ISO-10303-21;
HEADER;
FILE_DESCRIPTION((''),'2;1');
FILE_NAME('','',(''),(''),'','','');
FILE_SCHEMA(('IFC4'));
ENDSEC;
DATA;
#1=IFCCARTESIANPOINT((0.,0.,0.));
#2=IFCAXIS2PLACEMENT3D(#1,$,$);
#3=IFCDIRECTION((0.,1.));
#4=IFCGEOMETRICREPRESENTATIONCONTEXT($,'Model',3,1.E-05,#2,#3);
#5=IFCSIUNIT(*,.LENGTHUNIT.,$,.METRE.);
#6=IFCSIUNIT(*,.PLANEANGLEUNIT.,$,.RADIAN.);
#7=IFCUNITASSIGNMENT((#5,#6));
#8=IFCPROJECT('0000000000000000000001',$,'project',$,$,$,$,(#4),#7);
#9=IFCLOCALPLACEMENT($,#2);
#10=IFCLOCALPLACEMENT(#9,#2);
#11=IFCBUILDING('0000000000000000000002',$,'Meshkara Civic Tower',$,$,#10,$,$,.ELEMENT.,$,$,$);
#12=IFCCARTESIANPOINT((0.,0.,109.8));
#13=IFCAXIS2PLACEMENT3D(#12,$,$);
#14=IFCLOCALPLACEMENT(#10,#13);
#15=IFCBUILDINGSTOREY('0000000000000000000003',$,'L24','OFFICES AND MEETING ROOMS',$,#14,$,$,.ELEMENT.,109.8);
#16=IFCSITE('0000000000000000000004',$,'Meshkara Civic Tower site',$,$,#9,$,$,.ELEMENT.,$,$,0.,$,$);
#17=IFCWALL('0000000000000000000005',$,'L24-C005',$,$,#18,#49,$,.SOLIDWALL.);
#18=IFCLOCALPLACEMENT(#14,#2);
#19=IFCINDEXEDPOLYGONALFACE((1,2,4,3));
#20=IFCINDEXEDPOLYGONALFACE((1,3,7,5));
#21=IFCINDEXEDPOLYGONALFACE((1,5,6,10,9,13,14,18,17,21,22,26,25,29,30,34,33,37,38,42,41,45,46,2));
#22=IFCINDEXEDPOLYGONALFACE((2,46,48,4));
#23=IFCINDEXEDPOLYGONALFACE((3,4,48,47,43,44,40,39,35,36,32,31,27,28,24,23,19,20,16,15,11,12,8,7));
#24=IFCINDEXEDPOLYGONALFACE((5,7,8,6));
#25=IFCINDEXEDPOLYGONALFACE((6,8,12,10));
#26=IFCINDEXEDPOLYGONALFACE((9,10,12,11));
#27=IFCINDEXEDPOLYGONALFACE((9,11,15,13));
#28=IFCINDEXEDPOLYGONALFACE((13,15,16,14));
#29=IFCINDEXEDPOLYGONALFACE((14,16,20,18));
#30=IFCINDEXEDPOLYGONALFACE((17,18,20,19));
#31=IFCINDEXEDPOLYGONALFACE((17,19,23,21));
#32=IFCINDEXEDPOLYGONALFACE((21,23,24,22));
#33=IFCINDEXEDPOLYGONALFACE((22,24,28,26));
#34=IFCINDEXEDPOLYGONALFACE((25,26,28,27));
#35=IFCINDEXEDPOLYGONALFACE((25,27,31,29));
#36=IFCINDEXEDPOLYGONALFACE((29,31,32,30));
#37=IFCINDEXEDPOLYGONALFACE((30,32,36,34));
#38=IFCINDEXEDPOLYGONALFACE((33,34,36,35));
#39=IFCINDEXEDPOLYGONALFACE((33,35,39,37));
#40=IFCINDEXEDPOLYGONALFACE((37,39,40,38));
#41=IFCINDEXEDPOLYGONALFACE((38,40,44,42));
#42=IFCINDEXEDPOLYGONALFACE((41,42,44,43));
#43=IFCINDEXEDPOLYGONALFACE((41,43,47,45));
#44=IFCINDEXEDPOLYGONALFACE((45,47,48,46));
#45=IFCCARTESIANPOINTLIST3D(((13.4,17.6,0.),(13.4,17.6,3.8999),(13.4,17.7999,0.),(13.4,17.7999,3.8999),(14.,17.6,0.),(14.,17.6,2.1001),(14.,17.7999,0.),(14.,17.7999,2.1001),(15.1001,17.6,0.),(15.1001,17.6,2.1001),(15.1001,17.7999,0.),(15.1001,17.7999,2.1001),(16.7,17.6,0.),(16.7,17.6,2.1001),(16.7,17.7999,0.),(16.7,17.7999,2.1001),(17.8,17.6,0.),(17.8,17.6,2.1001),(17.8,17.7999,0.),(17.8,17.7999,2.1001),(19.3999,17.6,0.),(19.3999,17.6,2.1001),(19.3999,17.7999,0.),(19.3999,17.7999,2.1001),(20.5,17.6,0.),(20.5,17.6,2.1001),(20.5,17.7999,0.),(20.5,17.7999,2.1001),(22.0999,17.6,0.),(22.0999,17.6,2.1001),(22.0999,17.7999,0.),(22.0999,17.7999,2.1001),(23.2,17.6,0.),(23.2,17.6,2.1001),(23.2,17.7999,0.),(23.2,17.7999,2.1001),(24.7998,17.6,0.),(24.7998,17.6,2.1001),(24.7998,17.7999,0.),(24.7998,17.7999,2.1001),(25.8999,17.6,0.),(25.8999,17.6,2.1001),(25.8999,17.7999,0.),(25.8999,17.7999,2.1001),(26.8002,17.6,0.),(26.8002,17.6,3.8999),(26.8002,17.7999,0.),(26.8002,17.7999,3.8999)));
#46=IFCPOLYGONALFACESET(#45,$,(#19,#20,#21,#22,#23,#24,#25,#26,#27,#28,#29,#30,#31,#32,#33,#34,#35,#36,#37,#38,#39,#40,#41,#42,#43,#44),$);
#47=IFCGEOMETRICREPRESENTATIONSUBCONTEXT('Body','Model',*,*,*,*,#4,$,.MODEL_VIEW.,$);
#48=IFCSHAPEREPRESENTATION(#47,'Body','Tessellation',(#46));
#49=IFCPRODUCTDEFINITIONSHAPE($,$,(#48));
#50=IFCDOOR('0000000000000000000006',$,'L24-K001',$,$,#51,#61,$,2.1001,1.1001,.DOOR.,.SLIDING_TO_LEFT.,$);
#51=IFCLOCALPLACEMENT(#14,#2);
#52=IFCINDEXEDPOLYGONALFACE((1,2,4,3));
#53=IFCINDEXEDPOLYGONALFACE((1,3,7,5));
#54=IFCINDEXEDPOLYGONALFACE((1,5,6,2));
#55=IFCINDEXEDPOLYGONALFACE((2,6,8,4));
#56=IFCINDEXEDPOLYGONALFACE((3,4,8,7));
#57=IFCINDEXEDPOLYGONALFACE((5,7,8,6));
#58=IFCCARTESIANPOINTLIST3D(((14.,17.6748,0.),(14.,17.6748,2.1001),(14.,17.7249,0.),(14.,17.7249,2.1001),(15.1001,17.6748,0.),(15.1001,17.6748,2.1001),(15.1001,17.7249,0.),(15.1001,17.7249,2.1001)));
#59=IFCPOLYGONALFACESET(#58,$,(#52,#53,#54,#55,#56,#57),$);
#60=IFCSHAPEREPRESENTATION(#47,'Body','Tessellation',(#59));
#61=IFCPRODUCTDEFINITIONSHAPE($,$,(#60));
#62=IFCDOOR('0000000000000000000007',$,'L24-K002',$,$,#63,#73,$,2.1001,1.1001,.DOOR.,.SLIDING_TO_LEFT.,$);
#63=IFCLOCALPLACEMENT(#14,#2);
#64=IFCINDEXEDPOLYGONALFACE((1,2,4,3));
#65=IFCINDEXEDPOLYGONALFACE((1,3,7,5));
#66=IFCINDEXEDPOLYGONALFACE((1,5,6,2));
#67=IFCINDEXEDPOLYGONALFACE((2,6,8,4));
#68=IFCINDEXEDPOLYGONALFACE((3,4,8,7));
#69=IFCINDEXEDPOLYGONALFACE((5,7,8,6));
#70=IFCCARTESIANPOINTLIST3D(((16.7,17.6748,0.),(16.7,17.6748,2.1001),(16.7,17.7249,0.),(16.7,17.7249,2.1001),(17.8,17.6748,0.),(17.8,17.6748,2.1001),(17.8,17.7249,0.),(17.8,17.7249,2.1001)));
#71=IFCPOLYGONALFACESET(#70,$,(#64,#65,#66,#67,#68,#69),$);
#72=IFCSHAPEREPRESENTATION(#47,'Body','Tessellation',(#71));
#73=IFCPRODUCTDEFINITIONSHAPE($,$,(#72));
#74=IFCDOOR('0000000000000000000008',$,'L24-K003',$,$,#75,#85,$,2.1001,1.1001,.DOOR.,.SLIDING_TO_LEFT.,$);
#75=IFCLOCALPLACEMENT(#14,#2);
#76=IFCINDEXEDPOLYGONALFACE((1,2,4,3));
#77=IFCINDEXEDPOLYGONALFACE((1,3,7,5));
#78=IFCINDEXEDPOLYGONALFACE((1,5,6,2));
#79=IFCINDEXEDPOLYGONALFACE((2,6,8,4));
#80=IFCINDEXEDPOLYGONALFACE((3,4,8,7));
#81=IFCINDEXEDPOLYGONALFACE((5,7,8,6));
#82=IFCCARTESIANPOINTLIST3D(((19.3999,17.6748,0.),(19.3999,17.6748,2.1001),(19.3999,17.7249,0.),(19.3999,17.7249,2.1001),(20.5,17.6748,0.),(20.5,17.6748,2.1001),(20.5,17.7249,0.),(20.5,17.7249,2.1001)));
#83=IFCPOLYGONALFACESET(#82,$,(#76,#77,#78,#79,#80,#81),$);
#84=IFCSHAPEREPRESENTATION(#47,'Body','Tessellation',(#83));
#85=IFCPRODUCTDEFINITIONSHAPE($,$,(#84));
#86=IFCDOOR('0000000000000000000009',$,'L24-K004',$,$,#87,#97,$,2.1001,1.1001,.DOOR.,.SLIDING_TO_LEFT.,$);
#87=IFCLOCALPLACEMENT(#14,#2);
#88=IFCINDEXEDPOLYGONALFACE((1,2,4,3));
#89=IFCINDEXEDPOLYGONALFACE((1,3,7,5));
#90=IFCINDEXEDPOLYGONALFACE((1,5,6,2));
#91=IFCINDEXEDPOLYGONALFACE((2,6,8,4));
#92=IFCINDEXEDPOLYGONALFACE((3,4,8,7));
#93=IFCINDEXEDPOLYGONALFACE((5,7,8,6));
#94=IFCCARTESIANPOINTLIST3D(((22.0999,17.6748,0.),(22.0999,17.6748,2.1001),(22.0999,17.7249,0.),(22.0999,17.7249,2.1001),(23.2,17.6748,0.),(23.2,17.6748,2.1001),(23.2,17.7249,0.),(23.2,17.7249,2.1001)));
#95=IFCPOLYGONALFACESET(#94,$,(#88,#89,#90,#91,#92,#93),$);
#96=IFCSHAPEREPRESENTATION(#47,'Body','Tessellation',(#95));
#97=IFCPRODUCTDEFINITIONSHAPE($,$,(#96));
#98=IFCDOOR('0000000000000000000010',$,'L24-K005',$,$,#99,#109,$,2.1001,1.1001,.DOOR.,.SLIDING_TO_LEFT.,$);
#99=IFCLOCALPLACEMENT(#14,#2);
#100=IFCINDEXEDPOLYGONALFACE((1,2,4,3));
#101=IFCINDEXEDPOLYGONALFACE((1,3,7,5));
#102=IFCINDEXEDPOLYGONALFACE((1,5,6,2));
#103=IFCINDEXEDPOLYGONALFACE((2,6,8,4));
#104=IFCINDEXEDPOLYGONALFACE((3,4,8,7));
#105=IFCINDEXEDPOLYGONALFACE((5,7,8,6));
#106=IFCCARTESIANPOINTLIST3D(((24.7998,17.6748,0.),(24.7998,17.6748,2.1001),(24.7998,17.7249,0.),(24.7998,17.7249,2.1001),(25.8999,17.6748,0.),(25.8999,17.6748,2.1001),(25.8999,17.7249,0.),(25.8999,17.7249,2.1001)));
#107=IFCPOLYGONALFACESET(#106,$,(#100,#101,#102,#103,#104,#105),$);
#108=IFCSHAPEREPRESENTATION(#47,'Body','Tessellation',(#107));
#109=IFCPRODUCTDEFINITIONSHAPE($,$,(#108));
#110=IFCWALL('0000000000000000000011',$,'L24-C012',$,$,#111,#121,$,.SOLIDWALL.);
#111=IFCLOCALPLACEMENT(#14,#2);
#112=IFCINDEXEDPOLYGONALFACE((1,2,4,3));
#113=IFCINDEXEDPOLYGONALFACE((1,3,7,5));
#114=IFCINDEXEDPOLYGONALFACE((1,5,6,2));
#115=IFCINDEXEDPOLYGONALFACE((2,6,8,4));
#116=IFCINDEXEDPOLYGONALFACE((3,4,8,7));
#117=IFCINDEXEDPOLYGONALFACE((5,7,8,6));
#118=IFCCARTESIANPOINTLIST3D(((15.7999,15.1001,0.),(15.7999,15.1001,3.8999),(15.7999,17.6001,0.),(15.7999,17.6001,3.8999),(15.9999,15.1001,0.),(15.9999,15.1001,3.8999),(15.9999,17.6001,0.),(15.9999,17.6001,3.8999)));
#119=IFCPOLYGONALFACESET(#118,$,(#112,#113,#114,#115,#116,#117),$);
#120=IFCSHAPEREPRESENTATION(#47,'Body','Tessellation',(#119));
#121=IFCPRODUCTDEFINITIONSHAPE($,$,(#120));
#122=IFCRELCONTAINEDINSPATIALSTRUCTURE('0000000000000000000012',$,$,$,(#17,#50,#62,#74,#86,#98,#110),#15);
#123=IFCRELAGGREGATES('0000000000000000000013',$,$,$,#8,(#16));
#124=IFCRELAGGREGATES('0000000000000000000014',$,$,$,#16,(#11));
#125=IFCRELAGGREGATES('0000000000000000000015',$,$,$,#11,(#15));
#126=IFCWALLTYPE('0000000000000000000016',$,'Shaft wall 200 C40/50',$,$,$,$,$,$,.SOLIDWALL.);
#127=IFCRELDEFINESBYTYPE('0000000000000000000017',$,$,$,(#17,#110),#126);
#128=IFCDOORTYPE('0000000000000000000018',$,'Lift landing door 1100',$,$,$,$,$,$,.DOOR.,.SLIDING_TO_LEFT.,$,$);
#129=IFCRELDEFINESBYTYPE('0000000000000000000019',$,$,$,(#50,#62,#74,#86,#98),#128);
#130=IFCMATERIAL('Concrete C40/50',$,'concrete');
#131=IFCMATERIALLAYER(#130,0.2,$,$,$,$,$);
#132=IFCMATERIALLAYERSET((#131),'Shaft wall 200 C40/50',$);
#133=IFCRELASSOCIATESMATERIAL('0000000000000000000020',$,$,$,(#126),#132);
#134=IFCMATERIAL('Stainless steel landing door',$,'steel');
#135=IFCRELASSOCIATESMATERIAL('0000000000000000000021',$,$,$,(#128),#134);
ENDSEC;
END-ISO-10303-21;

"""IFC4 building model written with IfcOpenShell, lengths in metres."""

from ifc_helpers import new_model, si_unit, direction, frame, frame_2d, origin, place, context, subcontext, project, spatial, rectangle, extrude, material, layer, layer_set, type_object, element, fill, save


model = new_model("IFC4")

# Units and contexts
model_context = context("Model", 3, precision=1e-05, world=origin(), true_north=direction((0.0, 1.0)))
body_context = subcontext(model_context, "Body", "Model", "MODEL_VIEW")
ifc_project = project(units=[si_unit("LENGTHUNIT", "METRE"), si_unit("PLANEANGLEUNIT", "RADIAN")], contexts=[model_context])

# Site, building, storey
site_placement = place(None, origin())
site = spatial("IfcSite", under=ifc_project, at=site_placement, Name="Meshkara Civic Tower site", CompositionType="ELEMENT", RefElevation=0.0)
building_placement = place(site_placement, origin())
building = spatial("IfcBuilding", under=site, at=building_placement, Name="Meshkara Civic Tower", CompositionType="ELEMENT")
storey_placement = place(building_placement, frame((0.0, 0.0, 109.8)))
storey = spatial("IfcBuildingStorey", under=building, at=storey_placement, Name="L24", Description="OFFICES AND MEETING ROOMS", CompositionType="ELEMENT", Elevation=109.8)

# Wall, openings, doors
ifc_material_1 = material(Name="Concrete C40/50", Category="concrete")
ifc_layer_1 = layer(ifc_material_1, 0.2)
ifc_layer_set_1 = layer_set([ifc_layer_1], Name="Shaft wall 200 C40/50")
wall_type_1 = type_object("IfcWallType", Name="Shaft wall 200 C40/50", PredefinedType="SOLIDWALL", material=ifc_layer_set_1)
wall_1_placement = place(storey_placement, frame((13.3999, 17.7, 0.0), z_axis=(0.0, 0.0, 1.0), x_axis=(1.0, 0.0, 0.0)))
wall_1 = element("IfcWall", 1, at=wall_1_placement, inside=storey, type_object=wall_type_1, Name="L24-C005", PredefinedType="SOLIDWALL", context=body_context, shape_type="SweptSolid", body=[
    extrude(rectangle(XDim=13.4001, YDim=0.2, at=frame_2d((6.7002, 0.0))), origin(), (0.0, 0.0, 1.0), 3.8999),
])
opening_1_placement = place(wall_1_placement, frame((0.6001, 0.0, 0.0)))
opening_1 = element("IfcOpeningElement", 2, at=opening_1_placement, cuts=wall_1, PredefinedType="OPENING", context=body_context, shape_type="SweptSolid", body=[
    extrude(rectangle(XDim=1.1001, YDim=2.1001, at=frame_2d((0.55, 1.05))), frame((0.0, 0.1099, 0.0), z_axis=(0.0, -1.0, 0.0), x_axis=(1.0, 0.0, 0.0)), (0.0, 0.0, 1.0), 0.22),
])
opening_2_placement = place(wall_1_placement, frame((3.3, 0.0, 0.0)))
opening_2 = element("IfcOpeningElement", 3, at=opening_2_placement, cuts=wall_1, PredefinedType="OPENING", context=body_context, shape_type="SweptSolid", body=[
    extrude(rectangle(XDim=1.1001, YDim=2.1001, at=frame_2d((0.55, 1.05))), frame((0.0, 0.1099, 0.0), z_axis=(0.0, -1.0, 0.0), x_axis=(1.0, 0.0, 0.0)), (0.0, 0.0, 1.0), 0.22),
])
opening_3_placement = place(wall_1_placement, frame((6.0, 0.0, 0.0)))
opening_3 = element("IfcOpeningElement", 4, at=opening_3_placement, cuts=wall_1, PredefinedType="OPENING", context=body_context, shape_type="SweptSolid", body=[
    extrude(rectangle(XDim=1.1001, YDim=2.1001, at=frame_2d((0.55, 1.05))), frame((0.0, 0.1099, 0.0), z_axis=(0.0, -1.0, 0.0), x_axis=(1.0, 0.0, 0.0)), (0.0, 0.0, 1.0), 0.22),
])
opening_4_placement = place(wall_1_placement, frame((8.7, 0.0, 0.0)))
opening_4 = element("IfcOpeningElement", 5, at=opening_4_placement, cuts=wall_1, PredefinedType="OPENING", context=body_context, shape_type="SweptSolid", body=[
    extrude(rectangle(XDim=1.1001, YDim=2.1001, at=frame_2d((0.55, 1.05))), frame((0.0, 0.1099, 0.0), z_axis=(0.0, -1.0, 0.0), x_axis=(1.0, 0.0, 0.0)), (0.0, 0.0, 1.0), 0.22),
])
opening_5_placement = place(wall_1_placement, frame((11.3999, 0.0, 0.0)))
opening_5 = element("IfcOpeningElement", 6, at=opening_5_placement, cuts=wall_1, PredefinedType="OPENING", context=body_context, shape_type="SweptSolid", body=[
    extrude(rectangle(XDim=1.1001, YDim=2.1001, at=frame_2d((0.55, 1.05))), frame((0.0, 0.1099, 0.0), z_axis=(0.0, -1.0, 0.0), x_axis=(1.0, 0.0, 0.0)), (0.0, 0.0, 1.0), 0.22),
])
ifc_material_2 = material(Name="Stainless steel landing door", Category="steel")
door_type_1 = type_object("IfcDoorType", Name="Lift landing door 1100", OperationType="SLIDING_TO_LEFT", PredefinedType="DOOR", material=ifc_material_2)
door_1_placement = place(opening_1_placement, origin())
door_1 = element("IfcDoor", 7, at=door_1_placement, inside=storey, type_object=door_type_1, Name="L24-K001", OperationType="SLIDING_TO_LEFT", OverallHeight=2.1001, OverallWidth=1.1001, PredefinedType="DOOR", context=body_context, shape_type="SweptSolid", body=[
    extrude(rectangle(XDim=1.1001, YDim=2.1001, at=frame_2d((0.55, 1.05))), frame((0.0, 0.0249, 0.0), z_axis=(0.0, -1.0, 0.0), x_axis=(1.0, 0.0, 0.0)), (0.0, 0.0, 1.0), 0.05),
])
fill(opening_1, door_1)
door_2_placement = place(opening_2_placement, origin())
door_2 = element("IfcDoor", 8, at=door_2_placement, inside=storey, type_object=door_type_1, Name="L24-K002", OperationType="SLIDING_TO_LEFT", OverallHeight=2.1001, OverallWidth=1.1001, PredefinedType="DOOR", context=body_context, shape_type="SweptSolid", body=[
    extrude(rectangle(XDim=1.1001, YDim=2.1001, at=frame_2d((0.55, 1.05))), frame((0.0, 0.0249, 0.0), z_axis=(0.0, -1.0, 0.0), x_axis=(1.0, 0.0, 0.0)), (0.0, 0.0, 1.0), 0.05),
])
fill(opening_2, door_2)
door_3_placement = place(opening_3_placement, origin())
door_3 = element("IfcDoor", 9, at=door_3_placement, inside=storey, type_object=door_type_1, Name="L24-K003", OperationType="SLIDING_TO_LEFT", OverallHeight=2.1001, OverallWidth=1.1001, PredefinedType="DOOR", context=body_context, shape_type="SweptSolid", body=[
    extrude(rectangle(XDim=1.1001, YDim=2.1001, at=frame_2d((0.55, 1.05))), frame((0.0, 0.0249, 0.0), z_axis=(0.0, -1.0, 0.0), x_axis=(1.0, 0.0, 0.0)), (0.0, 0.0, 1.0), 0.05),
])
fill(opening_3, door_3)
door_4_placement = place(opening_4_placement, origin())
door_4 = element("IfcDoor", 10, at=door_4_placement, inside=storey, type_object=door_type_1, Name="L24-K004", OperationType="SLIDING_TO_LEFT", OverallHeight=2.1001, OverallWidth=1.1001, PredefinedType="DOOR", context=body_context, shape_type="SweptSolid", body=[
    extrude(rectangle(XDim=1.1001, YDim=2.1001, at=frame_2d((0.55, 1.05))), frame((0.0, 0.0249, 0.0), z_axis=(0.0, -1.0, 0.0), x_axis=(1.0, 0.0, 0.0)), (0.0, 0.0, 1.0), 0.05),
])
fill(opening_4, door_4)
door_5_placement = place(opening_5_placement, origin())
door_5 = element("IfcDoor", 11, at=door_5_placement, inside=storey, type_object=door_type_1, Name="L24-K005", OperationType="SLIDING_TO_LEFT", OverallHeight=2.1001, OverallWidth=1.1001, PredefinedType="DOOR", context=body_context, shape_type="SweptSolid", body=[
    extrude(rectangle(XDim=1.1001, YDim=2.1001, at=frame_2d((0.55, 1.05))), frame((0.0, 0.0249, 0.0), z_axis=(0.0, -1.0, 0.0), x_axis=(1.0, 0.0, 0.0)), (0.0, 0.0, 1.0), 0.05),
])
fill(opening_5, door_5)

# Wall
wall_2_placement = place(storey_placement, frame((15.8999, 15.1001, 0.0), z_axis=(0.0, 0.0, 1.0), x_axis=(0.0, 1.0, 0.0)))
element("IfcWall", 12, at=wall_2_placement, inside=storey, type_object=wall_type_1, Name="L24-C012", PredefinedType="SOLIDWALL", context=body_context, shape_type="SweptSolid", body=[
    extrude(rectangle(XDim=2.5, YDim=0.2, at=frame_2d((1.25, 0.0))), origin(), (0.0, 0.0, 1.0), 3.8999),
])

save(model, "model.ifc")
